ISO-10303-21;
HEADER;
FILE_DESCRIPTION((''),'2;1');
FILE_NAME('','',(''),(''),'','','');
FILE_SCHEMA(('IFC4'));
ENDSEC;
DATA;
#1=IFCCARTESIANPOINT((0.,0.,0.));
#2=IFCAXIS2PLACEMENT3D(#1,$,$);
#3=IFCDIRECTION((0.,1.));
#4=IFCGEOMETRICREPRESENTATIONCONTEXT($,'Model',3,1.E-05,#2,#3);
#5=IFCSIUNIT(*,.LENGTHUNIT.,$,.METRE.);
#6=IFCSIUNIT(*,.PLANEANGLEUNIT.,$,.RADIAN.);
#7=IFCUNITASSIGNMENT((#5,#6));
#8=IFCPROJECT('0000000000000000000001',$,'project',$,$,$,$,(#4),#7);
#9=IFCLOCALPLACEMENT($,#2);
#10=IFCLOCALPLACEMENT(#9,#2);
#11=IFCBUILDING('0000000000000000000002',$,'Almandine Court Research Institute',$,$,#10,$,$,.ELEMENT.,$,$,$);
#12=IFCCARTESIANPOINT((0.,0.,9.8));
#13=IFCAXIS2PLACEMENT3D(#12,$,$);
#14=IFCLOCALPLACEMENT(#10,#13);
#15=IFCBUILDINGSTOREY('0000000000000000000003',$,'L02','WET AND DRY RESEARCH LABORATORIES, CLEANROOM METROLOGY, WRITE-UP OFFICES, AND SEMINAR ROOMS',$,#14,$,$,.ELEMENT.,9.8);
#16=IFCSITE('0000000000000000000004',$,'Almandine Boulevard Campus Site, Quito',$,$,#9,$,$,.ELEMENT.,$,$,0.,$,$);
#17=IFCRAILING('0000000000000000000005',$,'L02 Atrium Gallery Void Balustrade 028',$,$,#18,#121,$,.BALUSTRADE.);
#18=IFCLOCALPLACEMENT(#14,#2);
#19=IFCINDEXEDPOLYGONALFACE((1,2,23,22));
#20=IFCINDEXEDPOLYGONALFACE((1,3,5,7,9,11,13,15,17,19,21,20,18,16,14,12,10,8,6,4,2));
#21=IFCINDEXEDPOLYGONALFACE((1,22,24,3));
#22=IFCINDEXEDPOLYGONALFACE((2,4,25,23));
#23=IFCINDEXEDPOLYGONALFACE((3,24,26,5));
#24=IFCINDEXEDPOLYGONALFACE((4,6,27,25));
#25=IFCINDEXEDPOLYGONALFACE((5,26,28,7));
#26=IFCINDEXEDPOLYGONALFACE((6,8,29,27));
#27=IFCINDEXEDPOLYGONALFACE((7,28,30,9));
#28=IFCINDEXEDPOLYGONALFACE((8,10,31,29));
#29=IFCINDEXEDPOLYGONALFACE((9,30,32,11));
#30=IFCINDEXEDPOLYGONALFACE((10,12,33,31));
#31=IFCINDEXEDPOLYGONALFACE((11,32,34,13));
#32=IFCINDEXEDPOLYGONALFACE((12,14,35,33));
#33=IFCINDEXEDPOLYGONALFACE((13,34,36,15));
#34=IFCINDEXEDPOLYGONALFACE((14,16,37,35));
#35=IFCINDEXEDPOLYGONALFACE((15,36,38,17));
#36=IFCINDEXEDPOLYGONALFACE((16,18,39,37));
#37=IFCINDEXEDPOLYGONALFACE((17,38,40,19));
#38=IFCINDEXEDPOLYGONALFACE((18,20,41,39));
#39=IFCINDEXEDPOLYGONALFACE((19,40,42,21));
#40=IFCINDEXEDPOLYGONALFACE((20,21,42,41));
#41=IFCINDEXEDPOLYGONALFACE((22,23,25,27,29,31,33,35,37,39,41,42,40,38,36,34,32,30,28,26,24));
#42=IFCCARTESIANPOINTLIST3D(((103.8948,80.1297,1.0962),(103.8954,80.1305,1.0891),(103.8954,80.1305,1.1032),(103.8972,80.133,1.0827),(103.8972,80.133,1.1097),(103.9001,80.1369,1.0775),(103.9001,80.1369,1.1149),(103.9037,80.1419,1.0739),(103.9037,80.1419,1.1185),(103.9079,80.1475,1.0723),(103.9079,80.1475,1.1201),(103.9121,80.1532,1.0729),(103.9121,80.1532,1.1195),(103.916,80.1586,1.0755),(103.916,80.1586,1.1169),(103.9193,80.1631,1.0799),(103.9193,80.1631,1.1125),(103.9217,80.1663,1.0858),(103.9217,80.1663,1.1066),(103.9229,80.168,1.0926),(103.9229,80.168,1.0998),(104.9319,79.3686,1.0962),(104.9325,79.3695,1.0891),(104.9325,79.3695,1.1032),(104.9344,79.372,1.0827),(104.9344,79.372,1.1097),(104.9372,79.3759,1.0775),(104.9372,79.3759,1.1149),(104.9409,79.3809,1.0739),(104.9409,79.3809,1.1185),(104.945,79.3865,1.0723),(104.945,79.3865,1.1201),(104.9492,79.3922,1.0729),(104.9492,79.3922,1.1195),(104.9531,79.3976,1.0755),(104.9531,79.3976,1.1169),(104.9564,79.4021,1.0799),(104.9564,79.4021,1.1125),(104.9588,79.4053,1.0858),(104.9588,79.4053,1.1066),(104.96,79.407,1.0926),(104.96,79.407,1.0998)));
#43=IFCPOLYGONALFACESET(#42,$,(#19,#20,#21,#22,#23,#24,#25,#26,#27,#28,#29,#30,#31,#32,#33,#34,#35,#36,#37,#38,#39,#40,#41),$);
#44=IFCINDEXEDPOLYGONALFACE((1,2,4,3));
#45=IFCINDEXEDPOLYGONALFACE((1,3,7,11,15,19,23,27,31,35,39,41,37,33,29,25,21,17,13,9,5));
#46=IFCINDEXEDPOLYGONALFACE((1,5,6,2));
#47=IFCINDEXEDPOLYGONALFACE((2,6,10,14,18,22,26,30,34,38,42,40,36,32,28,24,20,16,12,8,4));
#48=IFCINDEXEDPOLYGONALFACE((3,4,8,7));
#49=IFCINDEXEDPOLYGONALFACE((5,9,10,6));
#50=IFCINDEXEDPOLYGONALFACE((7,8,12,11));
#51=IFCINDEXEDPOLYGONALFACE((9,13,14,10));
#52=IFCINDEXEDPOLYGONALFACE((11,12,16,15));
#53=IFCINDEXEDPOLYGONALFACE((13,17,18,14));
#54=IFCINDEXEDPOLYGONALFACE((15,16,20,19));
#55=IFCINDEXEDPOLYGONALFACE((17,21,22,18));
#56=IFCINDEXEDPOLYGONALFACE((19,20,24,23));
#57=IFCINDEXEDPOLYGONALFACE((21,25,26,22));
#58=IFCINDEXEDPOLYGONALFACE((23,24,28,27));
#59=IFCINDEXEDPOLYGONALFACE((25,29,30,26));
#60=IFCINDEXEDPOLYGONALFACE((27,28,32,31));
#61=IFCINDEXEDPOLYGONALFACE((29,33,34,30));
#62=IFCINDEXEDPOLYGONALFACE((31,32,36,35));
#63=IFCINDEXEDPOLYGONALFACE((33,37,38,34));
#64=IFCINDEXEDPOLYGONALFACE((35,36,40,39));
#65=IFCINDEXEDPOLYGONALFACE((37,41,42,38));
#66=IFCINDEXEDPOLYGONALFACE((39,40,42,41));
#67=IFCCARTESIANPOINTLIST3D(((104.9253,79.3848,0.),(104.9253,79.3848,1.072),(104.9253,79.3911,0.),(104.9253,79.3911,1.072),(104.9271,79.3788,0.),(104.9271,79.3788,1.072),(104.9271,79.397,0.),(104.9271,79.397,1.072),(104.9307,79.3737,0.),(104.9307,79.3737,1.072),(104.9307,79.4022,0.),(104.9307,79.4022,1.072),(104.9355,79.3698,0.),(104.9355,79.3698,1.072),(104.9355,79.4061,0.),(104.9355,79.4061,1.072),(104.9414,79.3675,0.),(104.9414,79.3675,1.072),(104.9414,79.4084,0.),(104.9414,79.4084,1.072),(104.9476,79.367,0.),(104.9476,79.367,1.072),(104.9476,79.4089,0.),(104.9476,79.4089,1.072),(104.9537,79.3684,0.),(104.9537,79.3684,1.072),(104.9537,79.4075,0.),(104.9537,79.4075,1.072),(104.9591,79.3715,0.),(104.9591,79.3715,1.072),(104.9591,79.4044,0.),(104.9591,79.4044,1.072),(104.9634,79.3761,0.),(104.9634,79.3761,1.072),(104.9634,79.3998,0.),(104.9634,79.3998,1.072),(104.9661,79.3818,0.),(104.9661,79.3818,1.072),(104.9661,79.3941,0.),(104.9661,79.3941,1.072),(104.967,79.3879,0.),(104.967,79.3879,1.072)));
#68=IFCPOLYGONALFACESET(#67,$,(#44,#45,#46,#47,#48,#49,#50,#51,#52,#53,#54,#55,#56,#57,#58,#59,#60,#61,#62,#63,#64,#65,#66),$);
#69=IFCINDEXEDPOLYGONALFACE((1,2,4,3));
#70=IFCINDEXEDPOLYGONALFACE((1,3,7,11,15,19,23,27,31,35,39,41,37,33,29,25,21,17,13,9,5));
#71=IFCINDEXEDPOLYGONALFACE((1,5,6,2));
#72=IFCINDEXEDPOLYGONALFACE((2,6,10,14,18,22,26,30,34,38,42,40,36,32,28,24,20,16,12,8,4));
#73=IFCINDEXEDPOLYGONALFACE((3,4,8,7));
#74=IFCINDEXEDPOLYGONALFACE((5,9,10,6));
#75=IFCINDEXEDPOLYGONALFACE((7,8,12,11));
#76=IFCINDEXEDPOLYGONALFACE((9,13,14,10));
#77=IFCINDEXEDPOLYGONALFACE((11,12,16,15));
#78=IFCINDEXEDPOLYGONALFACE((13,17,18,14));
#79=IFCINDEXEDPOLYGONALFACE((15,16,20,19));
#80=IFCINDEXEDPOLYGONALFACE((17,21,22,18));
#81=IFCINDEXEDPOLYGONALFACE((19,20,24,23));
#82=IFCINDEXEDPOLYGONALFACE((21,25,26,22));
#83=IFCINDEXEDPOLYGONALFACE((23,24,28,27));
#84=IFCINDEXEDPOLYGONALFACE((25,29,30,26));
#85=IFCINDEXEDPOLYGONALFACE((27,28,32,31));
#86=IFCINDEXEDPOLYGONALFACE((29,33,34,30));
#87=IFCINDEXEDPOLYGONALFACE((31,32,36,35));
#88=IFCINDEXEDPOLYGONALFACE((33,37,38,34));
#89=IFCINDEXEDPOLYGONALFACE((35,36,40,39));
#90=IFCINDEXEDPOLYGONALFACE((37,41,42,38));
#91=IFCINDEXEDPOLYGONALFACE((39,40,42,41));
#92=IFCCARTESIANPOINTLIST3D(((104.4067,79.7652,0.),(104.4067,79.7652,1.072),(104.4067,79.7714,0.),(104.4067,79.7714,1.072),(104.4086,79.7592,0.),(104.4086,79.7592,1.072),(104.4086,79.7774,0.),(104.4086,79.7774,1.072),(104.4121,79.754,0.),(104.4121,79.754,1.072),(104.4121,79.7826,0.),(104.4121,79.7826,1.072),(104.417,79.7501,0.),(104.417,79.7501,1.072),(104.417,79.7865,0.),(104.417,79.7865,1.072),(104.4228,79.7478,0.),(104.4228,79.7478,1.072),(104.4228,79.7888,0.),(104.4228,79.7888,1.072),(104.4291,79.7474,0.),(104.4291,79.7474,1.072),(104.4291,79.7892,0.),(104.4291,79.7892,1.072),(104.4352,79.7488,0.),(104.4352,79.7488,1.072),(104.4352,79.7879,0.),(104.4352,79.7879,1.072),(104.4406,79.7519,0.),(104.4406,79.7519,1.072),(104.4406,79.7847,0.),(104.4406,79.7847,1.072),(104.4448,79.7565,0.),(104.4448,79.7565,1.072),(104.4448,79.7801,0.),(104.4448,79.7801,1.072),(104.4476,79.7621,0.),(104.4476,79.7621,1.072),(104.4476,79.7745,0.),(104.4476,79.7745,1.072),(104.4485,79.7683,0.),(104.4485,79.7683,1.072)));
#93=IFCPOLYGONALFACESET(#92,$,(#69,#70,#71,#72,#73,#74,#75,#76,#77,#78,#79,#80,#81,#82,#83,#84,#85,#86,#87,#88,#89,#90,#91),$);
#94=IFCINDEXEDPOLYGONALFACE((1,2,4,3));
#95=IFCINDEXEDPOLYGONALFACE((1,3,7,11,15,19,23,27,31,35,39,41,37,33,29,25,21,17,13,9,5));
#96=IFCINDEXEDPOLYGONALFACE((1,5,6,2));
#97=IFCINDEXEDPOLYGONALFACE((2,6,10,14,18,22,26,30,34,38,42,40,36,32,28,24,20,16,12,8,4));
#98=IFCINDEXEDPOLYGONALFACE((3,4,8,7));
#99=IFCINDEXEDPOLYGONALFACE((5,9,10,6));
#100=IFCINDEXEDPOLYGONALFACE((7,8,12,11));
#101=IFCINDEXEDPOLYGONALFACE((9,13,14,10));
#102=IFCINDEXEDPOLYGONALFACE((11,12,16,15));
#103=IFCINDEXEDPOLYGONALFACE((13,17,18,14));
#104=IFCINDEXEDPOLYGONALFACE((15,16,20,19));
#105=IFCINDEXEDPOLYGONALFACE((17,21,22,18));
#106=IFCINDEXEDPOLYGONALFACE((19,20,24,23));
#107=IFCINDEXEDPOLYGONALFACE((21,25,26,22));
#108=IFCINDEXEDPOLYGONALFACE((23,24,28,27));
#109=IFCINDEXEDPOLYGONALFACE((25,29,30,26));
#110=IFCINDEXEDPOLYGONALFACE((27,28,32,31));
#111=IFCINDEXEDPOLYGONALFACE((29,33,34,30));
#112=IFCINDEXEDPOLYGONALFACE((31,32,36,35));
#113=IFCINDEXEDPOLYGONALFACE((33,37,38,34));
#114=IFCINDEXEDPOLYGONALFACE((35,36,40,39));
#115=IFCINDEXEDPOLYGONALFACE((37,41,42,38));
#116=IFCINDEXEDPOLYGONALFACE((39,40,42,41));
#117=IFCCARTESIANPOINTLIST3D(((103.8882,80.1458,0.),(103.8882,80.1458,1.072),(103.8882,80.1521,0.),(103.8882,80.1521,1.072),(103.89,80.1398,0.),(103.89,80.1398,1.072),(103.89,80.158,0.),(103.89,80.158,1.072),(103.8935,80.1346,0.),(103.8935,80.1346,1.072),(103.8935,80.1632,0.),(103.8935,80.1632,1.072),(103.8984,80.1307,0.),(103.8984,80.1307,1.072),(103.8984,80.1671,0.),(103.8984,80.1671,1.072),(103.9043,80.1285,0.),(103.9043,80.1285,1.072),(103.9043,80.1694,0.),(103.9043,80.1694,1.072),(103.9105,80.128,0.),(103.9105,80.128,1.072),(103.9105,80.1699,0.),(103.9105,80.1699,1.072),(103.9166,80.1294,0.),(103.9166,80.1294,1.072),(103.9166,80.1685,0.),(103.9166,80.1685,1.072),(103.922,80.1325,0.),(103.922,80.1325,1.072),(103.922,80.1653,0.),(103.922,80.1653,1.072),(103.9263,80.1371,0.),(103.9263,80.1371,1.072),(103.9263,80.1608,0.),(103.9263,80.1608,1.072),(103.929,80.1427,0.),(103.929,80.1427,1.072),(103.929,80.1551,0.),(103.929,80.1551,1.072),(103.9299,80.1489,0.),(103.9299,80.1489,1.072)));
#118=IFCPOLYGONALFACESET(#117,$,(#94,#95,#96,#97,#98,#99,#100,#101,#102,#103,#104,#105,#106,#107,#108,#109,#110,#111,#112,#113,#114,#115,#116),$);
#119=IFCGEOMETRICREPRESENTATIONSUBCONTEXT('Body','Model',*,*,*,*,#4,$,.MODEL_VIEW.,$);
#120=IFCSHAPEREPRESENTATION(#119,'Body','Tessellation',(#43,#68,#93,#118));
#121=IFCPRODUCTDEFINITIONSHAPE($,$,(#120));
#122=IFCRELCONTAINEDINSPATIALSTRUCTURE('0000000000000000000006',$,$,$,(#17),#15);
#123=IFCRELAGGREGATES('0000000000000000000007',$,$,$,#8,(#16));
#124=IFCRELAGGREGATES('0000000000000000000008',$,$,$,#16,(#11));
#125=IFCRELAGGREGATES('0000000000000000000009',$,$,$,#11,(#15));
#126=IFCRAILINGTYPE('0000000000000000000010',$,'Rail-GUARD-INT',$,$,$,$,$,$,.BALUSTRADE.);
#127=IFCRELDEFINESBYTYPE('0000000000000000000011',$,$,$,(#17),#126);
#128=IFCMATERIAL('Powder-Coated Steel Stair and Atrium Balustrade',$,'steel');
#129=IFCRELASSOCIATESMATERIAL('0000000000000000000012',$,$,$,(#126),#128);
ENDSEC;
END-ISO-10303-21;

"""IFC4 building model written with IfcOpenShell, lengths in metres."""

from ifc_helpers import new_model, si_unit, direction, frame, origin, origin_2d, place, context, subcontext, project, spatial, circle, extrude, material, type_object, element, save


model = new_model("IFC4")

# Units and contexts
model_context = context("Model", 3, precision=1e-05, world=origin(), true_north=direction((0.0, 1.0)))
body_context = subcontext(model_context, "Body", "Model", "MODEL_VIEW")
ifc_project = project(units=[si_unit("LENGTHUNIT", "METRE"), si_unit("PLANEANGLEUNIT", "RADIAN")], contexts=[model_context])

# Site, building, storey
site_placement = place(None, origin())
site = spatial("IfcSite", under=ifc_project, at=site_placement, Name="Almandine Boulevard Campus Site, Quito", CompositionType="ELEMENT", RefElevation=0.0)
building_placement = place(site_placement, origin())
building = spatial("IfcBuilding", under=site, at=building_placement, Name="Almandine Court Research Institute", CompositionType="ELEMENT")
storey_placement = place(building_placement, frame((0.0, 0.0, 9.8)))
storey = spatial("IfcBuildingStorey", under=building, at=storey_placement, Name="L02", Description="WET AND DRY RESEARCH LABORATORIES, CLEANROOM METROLOGY, WRITE-UP OFFICES, AND SEMINAR ROOMS", CompositionType="ELEMENT", Elevation=9.8)

# Railing
ifc_material_1 = material(Name="Powder-Coated Steel Stair and Atrium Balustrade", Category="steel")
railing_type = type_object("IfcRailingType", Name="Rail-GUARD-INT", PredefinedType="BALUSTRADE", material=ifc_material_1)
railing_1_placement = place(storey_placement, frame((104.946, 79.3879, 0.0)))
element("IfcRailing", 1, at=railing_1_placement, inside=storey, type_object=railing_type, Name="L02 Atrium Gallery Void Balustrade 028", PredefinedType="BALUSTRADE", context=body_context, shape_type="SweptSolid", body=[
    extrude(circle(Radius=0.0239, at=origin_2d()), frame((0.0, 0.0, 1.0962), z_axis=(-0.806242, 0.591586, 0.0), x_axis=(-0.591586, -0.806242, 0.0)), (0.0, 0.0, 1.0), 1.2864),
    extrude(circle(Radius=0.021, at=origin_2d()), origin(), (0.0, 0.0, 1.0), 1.072),
    extrude(circle(Radius=0.021, at=origin_2d()), frame((-0.5186, 0.3804, 0.0)), (0.0, 0.0, 1.0), 1.072),
    extrude(circle(Radius=0.021, at=origin_2d()), frame((-1.0371, 0.761, 0.0)), (0.0, 0.0, 1.0), 1.072),
])

save(model, "model.ifc")
